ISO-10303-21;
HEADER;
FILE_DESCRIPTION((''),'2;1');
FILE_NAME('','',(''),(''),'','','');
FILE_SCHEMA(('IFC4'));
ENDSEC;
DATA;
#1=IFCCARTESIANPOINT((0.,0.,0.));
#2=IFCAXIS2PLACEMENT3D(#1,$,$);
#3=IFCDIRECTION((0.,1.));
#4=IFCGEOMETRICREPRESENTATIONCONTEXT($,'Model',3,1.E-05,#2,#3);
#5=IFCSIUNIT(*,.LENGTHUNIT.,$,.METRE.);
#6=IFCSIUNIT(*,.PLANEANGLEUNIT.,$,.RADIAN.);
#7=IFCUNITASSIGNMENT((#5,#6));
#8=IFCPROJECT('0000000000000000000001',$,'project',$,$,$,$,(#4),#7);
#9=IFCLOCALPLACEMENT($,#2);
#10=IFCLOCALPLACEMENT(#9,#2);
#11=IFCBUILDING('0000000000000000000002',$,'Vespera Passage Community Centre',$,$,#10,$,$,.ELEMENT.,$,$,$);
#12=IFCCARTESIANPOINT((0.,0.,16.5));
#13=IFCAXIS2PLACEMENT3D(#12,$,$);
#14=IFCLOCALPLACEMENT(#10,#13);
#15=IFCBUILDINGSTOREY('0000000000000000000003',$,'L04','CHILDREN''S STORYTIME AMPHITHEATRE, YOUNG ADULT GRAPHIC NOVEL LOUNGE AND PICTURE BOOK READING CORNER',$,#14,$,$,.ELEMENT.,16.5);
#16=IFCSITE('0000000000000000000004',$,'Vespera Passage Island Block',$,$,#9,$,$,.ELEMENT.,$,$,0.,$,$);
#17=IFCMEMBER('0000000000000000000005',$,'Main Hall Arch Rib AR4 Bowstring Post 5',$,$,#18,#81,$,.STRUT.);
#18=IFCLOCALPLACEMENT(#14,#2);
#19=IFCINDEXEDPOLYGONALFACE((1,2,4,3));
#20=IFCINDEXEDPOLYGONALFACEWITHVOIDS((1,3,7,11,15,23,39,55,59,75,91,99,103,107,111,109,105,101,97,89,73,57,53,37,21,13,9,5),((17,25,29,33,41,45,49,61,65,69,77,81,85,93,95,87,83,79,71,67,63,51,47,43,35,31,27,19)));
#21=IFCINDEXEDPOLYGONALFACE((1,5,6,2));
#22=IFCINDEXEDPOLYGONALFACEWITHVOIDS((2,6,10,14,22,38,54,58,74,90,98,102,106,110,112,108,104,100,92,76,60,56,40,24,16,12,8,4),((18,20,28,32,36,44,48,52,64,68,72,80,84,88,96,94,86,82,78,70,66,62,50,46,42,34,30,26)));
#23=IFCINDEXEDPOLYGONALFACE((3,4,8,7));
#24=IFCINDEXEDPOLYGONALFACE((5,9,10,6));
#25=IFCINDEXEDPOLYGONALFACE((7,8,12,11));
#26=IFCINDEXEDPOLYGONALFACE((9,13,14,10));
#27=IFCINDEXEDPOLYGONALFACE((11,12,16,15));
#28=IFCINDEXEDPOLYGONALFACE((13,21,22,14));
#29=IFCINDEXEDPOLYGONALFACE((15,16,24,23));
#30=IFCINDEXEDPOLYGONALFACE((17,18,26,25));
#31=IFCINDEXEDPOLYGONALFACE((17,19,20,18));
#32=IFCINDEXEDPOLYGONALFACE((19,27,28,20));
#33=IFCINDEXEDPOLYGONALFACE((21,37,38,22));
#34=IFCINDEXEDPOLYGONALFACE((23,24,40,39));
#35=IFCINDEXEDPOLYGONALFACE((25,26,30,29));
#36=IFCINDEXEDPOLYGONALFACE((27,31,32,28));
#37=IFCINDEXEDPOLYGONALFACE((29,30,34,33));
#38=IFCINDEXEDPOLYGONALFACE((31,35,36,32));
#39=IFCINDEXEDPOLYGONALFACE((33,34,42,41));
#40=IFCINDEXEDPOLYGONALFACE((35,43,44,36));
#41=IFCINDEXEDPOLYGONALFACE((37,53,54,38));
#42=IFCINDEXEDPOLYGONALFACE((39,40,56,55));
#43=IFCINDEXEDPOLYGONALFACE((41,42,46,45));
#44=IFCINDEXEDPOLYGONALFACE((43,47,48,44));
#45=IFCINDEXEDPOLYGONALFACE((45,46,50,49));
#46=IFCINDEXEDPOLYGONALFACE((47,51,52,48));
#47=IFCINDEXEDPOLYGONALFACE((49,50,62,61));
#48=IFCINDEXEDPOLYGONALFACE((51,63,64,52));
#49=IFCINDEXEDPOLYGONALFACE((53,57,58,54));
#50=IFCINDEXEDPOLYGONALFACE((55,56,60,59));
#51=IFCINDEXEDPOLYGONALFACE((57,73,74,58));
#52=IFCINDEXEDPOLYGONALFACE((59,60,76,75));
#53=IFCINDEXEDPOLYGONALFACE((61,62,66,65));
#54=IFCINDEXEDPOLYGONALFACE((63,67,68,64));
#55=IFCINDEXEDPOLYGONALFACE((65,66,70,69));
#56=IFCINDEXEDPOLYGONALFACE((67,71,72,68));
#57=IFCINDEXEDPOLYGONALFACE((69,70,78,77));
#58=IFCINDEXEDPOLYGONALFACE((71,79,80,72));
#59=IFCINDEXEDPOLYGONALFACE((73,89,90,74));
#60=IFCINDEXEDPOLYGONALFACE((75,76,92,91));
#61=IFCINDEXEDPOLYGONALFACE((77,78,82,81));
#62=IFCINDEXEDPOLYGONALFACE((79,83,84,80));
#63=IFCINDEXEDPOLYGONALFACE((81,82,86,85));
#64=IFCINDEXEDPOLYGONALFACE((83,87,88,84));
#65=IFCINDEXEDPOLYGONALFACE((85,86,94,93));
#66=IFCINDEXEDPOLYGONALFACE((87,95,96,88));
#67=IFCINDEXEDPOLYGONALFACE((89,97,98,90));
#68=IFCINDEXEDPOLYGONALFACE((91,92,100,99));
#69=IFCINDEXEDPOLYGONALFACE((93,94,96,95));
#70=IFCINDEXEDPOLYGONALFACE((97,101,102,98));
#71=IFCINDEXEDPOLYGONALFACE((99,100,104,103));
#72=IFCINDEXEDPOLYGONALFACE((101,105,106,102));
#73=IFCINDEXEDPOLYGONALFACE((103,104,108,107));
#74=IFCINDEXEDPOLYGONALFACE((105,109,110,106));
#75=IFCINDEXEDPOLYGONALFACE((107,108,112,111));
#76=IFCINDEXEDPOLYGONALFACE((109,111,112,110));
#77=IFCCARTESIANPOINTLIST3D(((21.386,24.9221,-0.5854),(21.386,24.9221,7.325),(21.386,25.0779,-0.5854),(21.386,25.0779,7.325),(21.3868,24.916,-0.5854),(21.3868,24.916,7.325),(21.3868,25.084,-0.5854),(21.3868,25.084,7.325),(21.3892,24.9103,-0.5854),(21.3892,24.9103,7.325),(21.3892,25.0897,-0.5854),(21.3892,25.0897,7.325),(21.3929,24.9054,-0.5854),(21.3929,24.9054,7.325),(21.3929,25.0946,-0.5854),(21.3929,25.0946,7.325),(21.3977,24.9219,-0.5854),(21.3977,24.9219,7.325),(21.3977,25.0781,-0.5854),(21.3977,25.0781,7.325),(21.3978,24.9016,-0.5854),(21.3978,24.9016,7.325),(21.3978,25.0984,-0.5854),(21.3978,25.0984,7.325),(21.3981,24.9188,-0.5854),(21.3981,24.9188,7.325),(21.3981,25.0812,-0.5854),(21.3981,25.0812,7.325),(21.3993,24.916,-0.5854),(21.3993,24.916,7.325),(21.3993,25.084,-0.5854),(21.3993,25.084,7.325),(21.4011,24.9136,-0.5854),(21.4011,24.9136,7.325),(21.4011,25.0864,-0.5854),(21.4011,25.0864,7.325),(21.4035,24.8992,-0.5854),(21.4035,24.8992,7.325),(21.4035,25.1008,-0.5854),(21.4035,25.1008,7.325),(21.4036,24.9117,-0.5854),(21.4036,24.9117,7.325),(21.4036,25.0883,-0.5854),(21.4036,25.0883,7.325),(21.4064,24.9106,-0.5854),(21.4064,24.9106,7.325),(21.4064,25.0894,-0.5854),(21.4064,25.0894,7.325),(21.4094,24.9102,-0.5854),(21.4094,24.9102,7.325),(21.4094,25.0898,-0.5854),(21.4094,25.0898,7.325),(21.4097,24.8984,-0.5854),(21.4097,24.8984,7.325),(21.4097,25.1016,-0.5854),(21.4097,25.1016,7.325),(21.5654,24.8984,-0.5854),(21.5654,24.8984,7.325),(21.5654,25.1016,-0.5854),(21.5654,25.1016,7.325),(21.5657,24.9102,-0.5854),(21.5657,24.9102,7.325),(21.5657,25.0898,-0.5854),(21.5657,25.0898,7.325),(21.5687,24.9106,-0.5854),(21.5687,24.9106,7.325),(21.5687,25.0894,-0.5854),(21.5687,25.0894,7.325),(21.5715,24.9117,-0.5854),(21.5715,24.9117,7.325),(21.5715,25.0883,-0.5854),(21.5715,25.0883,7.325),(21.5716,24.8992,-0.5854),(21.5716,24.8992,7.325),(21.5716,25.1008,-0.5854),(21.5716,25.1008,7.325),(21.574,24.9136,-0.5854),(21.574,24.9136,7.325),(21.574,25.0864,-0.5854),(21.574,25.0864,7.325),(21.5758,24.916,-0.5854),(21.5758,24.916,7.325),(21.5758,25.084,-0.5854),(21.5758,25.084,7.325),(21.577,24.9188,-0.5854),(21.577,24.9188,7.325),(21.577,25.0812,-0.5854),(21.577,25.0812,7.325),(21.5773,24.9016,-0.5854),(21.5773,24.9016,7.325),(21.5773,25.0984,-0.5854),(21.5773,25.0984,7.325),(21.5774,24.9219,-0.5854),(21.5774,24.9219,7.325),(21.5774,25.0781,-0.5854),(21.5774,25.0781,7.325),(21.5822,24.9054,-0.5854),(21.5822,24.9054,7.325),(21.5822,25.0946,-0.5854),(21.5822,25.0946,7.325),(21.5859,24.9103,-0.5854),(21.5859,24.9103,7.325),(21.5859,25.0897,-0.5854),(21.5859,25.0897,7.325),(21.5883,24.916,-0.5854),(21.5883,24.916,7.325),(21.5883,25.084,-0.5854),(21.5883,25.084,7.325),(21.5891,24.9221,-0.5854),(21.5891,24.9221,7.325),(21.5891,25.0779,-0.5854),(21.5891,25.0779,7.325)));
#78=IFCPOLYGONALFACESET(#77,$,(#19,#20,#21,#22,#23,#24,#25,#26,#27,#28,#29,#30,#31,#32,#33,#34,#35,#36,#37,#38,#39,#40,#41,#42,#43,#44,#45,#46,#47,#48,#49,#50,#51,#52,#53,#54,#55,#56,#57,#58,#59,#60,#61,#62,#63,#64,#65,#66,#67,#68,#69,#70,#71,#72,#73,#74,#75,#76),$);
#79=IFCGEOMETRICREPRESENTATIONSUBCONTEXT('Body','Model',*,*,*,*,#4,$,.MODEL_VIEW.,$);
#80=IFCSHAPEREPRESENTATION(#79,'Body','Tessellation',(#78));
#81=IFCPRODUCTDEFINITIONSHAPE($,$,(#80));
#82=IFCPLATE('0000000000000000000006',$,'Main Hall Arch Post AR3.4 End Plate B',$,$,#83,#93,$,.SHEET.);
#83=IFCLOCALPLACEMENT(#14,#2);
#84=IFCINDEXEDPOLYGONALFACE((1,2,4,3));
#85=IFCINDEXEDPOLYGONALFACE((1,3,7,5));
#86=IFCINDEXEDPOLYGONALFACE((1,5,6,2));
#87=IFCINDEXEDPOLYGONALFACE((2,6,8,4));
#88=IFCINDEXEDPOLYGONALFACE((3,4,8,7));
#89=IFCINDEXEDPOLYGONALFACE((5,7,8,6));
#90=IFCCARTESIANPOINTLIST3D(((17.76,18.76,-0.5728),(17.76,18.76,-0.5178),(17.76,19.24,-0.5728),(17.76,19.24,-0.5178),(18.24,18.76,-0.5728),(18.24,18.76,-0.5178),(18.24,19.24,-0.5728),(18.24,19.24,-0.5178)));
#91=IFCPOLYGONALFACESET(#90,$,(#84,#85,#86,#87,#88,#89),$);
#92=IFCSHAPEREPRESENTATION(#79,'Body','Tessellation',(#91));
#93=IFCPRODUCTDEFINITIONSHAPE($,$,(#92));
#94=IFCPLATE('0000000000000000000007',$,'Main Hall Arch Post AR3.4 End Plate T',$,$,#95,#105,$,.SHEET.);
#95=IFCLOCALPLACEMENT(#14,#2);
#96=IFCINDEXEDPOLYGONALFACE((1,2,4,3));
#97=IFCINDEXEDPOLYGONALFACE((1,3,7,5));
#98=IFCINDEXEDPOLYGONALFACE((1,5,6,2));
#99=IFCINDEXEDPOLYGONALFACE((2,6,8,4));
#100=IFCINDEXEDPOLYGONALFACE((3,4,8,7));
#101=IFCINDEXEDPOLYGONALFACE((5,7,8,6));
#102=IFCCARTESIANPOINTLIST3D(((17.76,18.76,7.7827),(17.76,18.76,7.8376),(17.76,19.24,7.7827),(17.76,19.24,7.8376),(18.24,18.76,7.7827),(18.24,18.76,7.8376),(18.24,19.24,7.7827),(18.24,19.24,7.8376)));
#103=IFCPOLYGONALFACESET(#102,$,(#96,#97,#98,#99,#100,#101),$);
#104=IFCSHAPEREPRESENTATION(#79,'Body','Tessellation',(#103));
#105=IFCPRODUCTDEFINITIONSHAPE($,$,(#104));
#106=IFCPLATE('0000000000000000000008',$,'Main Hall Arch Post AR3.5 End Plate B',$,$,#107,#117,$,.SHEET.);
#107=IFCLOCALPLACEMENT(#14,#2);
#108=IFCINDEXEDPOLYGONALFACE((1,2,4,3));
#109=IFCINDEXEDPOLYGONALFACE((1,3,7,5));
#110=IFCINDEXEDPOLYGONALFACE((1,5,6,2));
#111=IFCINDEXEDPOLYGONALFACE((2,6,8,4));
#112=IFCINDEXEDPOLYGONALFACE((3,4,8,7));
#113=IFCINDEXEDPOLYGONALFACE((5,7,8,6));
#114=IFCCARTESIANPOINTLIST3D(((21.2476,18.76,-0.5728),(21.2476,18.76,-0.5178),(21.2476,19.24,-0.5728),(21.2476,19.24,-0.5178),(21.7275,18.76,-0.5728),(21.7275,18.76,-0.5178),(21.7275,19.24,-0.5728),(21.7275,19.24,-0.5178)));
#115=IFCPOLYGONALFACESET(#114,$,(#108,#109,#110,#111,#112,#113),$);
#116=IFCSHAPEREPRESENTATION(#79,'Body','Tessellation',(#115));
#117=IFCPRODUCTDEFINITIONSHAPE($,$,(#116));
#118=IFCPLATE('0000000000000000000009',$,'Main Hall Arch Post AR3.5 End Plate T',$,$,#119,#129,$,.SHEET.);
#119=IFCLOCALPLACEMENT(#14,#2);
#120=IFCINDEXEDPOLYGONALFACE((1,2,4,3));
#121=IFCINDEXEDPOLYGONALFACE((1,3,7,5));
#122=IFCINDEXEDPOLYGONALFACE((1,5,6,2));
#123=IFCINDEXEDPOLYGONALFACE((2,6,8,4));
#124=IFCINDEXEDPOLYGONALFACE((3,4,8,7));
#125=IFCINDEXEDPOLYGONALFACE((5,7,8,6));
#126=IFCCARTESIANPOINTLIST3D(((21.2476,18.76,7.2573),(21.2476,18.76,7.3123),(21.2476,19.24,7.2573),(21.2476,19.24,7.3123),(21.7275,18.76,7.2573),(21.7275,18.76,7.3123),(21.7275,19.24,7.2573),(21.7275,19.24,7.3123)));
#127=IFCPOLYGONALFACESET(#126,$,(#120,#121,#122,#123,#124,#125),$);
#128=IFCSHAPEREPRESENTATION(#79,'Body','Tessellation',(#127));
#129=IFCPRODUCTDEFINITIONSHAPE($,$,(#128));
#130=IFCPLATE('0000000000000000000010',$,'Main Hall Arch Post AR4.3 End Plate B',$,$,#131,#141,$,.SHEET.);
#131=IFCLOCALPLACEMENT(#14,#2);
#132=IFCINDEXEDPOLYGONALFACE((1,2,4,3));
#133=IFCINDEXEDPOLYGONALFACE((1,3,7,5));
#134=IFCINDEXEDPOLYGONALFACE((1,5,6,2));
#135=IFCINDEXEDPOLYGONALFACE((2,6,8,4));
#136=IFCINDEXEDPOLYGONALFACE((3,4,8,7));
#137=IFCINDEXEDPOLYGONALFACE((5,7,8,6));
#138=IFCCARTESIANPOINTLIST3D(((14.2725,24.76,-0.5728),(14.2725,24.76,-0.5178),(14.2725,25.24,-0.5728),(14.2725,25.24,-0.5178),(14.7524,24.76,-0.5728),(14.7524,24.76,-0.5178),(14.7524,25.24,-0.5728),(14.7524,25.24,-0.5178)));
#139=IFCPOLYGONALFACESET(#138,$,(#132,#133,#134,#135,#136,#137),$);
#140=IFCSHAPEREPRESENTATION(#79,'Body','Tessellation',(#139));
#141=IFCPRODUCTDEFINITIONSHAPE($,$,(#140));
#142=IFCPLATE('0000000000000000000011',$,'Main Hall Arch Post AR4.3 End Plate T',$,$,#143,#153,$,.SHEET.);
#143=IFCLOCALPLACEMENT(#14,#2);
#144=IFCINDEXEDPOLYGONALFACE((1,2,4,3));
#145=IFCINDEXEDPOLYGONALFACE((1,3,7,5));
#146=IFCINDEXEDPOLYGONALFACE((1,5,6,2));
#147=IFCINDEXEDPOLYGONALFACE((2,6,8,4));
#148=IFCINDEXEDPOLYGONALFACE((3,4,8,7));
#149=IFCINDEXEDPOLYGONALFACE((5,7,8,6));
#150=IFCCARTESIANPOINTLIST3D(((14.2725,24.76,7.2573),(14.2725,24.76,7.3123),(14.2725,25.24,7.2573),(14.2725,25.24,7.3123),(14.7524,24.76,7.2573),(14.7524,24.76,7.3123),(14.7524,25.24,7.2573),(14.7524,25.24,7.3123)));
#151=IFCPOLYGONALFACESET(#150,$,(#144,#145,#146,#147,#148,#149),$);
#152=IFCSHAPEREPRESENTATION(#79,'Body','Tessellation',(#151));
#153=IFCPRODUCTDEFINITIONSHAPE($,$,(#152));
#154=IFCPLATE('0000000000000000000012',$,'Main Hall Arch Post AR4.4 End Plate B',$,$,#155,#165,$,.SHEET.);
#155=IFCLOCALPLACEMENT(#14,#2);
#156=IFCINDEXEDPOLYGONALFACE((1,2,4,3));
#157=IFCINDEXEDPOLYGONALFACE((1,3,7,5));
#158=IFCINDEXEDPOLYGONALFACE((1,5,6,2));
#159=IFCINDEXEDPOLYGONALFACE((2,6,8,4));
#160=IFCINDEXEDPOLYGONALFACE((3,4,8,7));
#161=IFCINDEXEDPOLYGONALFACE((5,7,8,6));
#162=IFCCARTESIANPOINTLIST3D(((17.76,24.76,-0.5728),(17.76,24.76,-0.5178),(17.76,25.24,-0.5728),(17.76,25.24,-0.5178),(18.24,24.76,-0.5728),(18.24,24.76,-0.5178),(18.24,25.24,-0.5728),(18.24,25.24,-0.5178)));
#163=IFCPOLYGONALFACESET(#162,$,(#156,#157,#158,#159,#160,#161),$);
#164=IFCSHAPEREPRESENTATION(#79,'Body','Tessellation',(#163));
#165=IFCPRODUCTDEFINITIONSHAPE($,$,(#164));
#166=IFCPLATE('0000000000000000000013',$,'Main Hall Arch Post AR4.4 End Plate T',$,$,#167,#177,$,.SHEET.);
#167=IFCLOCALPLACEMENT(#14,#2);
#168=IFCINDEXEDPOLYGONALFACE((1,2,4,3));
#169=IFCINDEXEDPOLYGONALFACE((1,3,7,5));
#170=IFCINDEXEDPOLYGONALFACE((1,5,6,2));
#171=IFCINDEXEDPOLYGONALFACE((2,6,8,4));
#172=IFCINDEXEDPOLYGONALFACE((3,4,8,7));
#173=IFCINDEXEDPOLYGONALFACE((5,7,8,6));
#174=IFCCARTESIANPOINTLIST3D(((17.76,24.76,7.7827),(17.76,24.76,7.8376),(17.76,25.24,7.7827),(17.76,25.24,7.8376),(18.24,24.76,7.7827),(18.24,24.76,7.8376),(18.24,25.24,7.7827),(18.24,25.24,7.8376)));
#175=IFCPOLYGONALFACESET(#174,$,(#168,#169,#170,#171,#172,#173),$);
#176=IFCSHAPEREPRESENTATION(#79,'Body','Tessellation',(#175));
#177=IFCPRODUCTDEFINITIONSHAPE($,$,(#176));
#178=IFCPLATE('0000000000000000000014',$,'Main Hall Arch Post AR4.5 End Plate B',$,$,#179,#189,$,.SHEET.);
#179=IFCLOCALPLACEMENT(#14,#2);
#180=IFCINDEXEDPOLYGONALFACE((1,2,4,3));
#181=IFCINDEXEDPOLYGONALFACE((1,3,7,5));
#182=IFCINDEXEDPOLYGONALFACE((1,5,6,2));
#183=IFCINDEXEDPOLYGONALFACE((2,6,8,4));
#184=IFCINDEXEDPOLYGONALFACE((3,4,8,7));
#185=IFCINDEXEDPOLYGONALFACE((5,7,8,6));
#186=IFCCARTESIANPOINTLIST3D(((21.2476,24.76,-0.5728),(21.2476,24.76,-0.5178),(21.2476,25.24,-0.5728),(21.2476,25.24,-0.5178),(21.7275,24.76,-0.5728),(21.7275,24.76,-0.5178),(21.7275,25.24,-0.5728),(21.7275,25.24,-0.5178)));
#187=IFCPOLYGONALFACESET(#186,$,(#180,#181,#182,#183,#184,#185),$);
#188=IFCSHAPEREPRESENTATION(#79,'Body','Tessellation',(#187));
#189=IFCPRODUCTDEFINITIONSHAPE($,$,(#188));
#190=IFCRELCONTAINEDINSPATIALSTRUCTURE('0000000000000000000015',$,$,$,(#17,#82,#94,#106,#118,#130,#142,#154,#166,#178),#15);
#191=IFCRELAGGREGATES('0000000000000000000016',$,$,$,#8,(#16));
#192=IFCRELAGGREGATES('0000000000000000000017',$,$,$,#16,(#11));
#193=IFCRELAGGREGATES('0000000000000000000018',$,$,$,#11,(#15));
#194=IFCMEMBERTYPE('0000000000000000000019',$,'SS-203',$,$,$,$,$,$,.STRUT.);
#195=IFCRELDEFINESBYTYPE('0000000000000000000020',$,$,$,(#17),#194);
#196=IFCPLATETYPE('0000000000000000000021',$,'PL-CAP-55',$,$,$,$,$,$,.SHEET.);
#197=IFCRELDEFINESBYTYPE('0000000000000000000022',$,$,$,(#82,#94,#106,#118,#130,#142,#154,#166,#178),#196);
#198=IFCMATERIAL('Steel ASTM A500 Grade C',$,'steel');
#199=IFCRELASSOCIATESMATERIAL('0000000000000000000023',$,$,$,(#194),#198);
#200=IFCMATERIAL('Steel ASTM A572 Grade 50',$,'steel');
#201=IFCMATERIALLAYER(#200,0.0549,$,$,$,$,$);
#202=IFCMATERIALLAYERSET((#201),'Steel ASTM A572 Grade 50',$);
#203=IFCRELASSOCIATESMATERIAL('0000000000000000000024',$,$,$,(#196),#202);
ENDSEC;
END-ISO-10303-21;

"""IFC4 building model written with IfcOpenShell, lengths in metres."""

from ifc_helpers import new_model, si_unit, direction, frame, origin, origin_2d, place, context, subcontext, project, spatial, rectangle, hollow_rectangle, extrude, material, layer, layer_set, material_profile, profile_set, type_object, element, save


model = new_model("IFC4")

# Units and contexts
model_context = context("Model", 3, precision=1e-05, world=origin(), true_north=direction((0.0, 1.0)))
body_context = subcontext(model_context, "Body", "Model", "MODEL_VIEW")
ifc_project = project(units=[si_unit("LENGTHUNIT", "METRE"), si_unit("PLANEANGLEUNIT", "RADIAN")], contexts=[model_context])

# Site, building, storey
site_placement = place(None, origin())
site = spatial("IfcSite", under=ifc_project, at=site_placement, Name="Vespera Passage Island Block", CompositionType="ELEMENT", RefElevation=0.0)
building_placement = place(site_placement, origin())
building = spatial("IfcBuilding", under=site, at=building_placement, Name="Vespera Passage Community Centre", CompositionType="ELEMENT")
storey_placement = place(building_placement, frame((0.0, 0.0, 16.5)))
storey = spatial("IfcBuildingStorey", under=building, at=storey_placement, Name="L04", Description="CHILDREN'S STORYTIME AMPHITHEATRE, YOUNG ADULT GRAPHIC NOVEL LOUNGE AND PICTURE BOOK READING CORNER", CompositionType="ELEMENT", Elevation=16.5)

# Member
ifc_material_1 = material(Name="Steel ASTM A500 Grade C", Category="steel")
ifc_material_profile_1 = material_profile(ifc_material_1, hollow_rectangle(XDim=0.2031, YDim=0.2031, WallThickness=0.0117, InnerFilletRadius=0.0117, OuterFilletRadius=0.0237, at=origin_2d()), Name="HSS203X203X12.7")
ifc_profile_set_1 = profile_set([ifc_material_profile_1], Name="Steel ASTM A500 Grade C")
member_type_1 = type_object("IfcMemberType", Name="SS-203", PredefinedType="STRUT", material=ifc_profile_set_1)
member_1_placement = place(storey_placement, frame((21.4875, 25.0, -0.5854), z_axis=(0.0, 0.0, 1.0), x_axis=(1.0, 0.0, 0.0)))
element("IfcMember", 1, at=member_1_placement, inside=storey, type_object=member_type_1, Name="Main Hall Arch Rib AR4 Bowstring Post 5", PredefinedType="STRUT", context=body_context, shape_type="SweptSolid", body=[
    extrude(hollow_rectangle(XDim=0.2031, YDim=0.2031, WallThickness=0.0117, InnerFilletRadius=0.0117, OuterFilletRadius=0.0237, at=origin_2d()), origin(), (0.0, 0.0, 1.0), 7.9104),
])

# Plates
ifc_material_2 = material(Name="Steel ASTM A572 Grade 50", Category="steel")
ifc_layer = layer(ifc_material_2, 0.0549)
ifc_layer_set = layer_set([ifc_layer], Name="Steel ASTM A572 Grade 50")
plate_type = type_object("IfcPlateType", Name="PL-CAP-55", PredefinedType="SHEET", material=ifc_layer_set)
for number, where, z_axis, x_axis, name in (
    (2, (18.0, 19.0, -0.5728), (0.0, 0.0, 1.0), (1.0, 0.0, 0.0), "Main Hall Arch Post AR3.4 End Plate B"),
    (3, (18.0, 19.0, 7.7827), (0.0, 0.0, 1.0), (1.0, 0.0, 0.0), "Main Hall Arch Post AR3.4 End Plate T"),
    (4, (21.4875, 19.0, -0.5728), (0.0, 0.0, 1.0), (1.0, 0.0, 0.0), "Main Hall Arch Post AR3.5 End Plate B"),
    (5, (21.4875, 19.0, 7.2573), (0.0, 0.0, 1.0), (1.0, 0.0, 0.0), "Main Hall Arch Post AR3.5 End Plate T"),
    (6, (14.5125, 25.0, -0.5728), (0.0, 0.0, 1.0), (1.0, 0.0, 0.0), "Main Hall Arch Post AR4.3 End Plate B"),
    (7, (14.5125, 25.0, 7.2573), (0.0, 0.0, 1.0), (1.0, 0.0, 0.0), "Main Hall Arch Post AR4.3 End Plate T"),
    (8, (18.0, 25.0, -0.5728), (0.0, 0.0, 1.0), (1.0, 0.0, 0.0), "Main Hall Arch Post AR4.4 End Plate B"),
    (9, (18.0, 25.0, 7.7827), (0.0, 0.0, 1.0), (1.0, 0.0, 0.0), "Main Hall Arch Post AR4.4 End Plate T"),
    (10, (21.4875, 25.0, -0.5728), (0.0, 0.0, 1.0), (1.0, 0.0, 0.0), "Main Hall Arch Post AR4.5 End Plate B"),
):
    element("IfcPlate", number, at=place(storey_placement, frame(where, z_axis=z_axis, x_axis=x_axis)), inside=storey, type_object=plate_type, Name=name, PredefinedType="SHEET", context=body_context, shape_type="SweptSolid", body=[
        extrude(rectangle(XDim=0.48, YDim=0.48, at=origin_2d()), origin(), (0.0, 0.0, 1.0), 0.0549),
    ])

save(model, "model.ifc")
